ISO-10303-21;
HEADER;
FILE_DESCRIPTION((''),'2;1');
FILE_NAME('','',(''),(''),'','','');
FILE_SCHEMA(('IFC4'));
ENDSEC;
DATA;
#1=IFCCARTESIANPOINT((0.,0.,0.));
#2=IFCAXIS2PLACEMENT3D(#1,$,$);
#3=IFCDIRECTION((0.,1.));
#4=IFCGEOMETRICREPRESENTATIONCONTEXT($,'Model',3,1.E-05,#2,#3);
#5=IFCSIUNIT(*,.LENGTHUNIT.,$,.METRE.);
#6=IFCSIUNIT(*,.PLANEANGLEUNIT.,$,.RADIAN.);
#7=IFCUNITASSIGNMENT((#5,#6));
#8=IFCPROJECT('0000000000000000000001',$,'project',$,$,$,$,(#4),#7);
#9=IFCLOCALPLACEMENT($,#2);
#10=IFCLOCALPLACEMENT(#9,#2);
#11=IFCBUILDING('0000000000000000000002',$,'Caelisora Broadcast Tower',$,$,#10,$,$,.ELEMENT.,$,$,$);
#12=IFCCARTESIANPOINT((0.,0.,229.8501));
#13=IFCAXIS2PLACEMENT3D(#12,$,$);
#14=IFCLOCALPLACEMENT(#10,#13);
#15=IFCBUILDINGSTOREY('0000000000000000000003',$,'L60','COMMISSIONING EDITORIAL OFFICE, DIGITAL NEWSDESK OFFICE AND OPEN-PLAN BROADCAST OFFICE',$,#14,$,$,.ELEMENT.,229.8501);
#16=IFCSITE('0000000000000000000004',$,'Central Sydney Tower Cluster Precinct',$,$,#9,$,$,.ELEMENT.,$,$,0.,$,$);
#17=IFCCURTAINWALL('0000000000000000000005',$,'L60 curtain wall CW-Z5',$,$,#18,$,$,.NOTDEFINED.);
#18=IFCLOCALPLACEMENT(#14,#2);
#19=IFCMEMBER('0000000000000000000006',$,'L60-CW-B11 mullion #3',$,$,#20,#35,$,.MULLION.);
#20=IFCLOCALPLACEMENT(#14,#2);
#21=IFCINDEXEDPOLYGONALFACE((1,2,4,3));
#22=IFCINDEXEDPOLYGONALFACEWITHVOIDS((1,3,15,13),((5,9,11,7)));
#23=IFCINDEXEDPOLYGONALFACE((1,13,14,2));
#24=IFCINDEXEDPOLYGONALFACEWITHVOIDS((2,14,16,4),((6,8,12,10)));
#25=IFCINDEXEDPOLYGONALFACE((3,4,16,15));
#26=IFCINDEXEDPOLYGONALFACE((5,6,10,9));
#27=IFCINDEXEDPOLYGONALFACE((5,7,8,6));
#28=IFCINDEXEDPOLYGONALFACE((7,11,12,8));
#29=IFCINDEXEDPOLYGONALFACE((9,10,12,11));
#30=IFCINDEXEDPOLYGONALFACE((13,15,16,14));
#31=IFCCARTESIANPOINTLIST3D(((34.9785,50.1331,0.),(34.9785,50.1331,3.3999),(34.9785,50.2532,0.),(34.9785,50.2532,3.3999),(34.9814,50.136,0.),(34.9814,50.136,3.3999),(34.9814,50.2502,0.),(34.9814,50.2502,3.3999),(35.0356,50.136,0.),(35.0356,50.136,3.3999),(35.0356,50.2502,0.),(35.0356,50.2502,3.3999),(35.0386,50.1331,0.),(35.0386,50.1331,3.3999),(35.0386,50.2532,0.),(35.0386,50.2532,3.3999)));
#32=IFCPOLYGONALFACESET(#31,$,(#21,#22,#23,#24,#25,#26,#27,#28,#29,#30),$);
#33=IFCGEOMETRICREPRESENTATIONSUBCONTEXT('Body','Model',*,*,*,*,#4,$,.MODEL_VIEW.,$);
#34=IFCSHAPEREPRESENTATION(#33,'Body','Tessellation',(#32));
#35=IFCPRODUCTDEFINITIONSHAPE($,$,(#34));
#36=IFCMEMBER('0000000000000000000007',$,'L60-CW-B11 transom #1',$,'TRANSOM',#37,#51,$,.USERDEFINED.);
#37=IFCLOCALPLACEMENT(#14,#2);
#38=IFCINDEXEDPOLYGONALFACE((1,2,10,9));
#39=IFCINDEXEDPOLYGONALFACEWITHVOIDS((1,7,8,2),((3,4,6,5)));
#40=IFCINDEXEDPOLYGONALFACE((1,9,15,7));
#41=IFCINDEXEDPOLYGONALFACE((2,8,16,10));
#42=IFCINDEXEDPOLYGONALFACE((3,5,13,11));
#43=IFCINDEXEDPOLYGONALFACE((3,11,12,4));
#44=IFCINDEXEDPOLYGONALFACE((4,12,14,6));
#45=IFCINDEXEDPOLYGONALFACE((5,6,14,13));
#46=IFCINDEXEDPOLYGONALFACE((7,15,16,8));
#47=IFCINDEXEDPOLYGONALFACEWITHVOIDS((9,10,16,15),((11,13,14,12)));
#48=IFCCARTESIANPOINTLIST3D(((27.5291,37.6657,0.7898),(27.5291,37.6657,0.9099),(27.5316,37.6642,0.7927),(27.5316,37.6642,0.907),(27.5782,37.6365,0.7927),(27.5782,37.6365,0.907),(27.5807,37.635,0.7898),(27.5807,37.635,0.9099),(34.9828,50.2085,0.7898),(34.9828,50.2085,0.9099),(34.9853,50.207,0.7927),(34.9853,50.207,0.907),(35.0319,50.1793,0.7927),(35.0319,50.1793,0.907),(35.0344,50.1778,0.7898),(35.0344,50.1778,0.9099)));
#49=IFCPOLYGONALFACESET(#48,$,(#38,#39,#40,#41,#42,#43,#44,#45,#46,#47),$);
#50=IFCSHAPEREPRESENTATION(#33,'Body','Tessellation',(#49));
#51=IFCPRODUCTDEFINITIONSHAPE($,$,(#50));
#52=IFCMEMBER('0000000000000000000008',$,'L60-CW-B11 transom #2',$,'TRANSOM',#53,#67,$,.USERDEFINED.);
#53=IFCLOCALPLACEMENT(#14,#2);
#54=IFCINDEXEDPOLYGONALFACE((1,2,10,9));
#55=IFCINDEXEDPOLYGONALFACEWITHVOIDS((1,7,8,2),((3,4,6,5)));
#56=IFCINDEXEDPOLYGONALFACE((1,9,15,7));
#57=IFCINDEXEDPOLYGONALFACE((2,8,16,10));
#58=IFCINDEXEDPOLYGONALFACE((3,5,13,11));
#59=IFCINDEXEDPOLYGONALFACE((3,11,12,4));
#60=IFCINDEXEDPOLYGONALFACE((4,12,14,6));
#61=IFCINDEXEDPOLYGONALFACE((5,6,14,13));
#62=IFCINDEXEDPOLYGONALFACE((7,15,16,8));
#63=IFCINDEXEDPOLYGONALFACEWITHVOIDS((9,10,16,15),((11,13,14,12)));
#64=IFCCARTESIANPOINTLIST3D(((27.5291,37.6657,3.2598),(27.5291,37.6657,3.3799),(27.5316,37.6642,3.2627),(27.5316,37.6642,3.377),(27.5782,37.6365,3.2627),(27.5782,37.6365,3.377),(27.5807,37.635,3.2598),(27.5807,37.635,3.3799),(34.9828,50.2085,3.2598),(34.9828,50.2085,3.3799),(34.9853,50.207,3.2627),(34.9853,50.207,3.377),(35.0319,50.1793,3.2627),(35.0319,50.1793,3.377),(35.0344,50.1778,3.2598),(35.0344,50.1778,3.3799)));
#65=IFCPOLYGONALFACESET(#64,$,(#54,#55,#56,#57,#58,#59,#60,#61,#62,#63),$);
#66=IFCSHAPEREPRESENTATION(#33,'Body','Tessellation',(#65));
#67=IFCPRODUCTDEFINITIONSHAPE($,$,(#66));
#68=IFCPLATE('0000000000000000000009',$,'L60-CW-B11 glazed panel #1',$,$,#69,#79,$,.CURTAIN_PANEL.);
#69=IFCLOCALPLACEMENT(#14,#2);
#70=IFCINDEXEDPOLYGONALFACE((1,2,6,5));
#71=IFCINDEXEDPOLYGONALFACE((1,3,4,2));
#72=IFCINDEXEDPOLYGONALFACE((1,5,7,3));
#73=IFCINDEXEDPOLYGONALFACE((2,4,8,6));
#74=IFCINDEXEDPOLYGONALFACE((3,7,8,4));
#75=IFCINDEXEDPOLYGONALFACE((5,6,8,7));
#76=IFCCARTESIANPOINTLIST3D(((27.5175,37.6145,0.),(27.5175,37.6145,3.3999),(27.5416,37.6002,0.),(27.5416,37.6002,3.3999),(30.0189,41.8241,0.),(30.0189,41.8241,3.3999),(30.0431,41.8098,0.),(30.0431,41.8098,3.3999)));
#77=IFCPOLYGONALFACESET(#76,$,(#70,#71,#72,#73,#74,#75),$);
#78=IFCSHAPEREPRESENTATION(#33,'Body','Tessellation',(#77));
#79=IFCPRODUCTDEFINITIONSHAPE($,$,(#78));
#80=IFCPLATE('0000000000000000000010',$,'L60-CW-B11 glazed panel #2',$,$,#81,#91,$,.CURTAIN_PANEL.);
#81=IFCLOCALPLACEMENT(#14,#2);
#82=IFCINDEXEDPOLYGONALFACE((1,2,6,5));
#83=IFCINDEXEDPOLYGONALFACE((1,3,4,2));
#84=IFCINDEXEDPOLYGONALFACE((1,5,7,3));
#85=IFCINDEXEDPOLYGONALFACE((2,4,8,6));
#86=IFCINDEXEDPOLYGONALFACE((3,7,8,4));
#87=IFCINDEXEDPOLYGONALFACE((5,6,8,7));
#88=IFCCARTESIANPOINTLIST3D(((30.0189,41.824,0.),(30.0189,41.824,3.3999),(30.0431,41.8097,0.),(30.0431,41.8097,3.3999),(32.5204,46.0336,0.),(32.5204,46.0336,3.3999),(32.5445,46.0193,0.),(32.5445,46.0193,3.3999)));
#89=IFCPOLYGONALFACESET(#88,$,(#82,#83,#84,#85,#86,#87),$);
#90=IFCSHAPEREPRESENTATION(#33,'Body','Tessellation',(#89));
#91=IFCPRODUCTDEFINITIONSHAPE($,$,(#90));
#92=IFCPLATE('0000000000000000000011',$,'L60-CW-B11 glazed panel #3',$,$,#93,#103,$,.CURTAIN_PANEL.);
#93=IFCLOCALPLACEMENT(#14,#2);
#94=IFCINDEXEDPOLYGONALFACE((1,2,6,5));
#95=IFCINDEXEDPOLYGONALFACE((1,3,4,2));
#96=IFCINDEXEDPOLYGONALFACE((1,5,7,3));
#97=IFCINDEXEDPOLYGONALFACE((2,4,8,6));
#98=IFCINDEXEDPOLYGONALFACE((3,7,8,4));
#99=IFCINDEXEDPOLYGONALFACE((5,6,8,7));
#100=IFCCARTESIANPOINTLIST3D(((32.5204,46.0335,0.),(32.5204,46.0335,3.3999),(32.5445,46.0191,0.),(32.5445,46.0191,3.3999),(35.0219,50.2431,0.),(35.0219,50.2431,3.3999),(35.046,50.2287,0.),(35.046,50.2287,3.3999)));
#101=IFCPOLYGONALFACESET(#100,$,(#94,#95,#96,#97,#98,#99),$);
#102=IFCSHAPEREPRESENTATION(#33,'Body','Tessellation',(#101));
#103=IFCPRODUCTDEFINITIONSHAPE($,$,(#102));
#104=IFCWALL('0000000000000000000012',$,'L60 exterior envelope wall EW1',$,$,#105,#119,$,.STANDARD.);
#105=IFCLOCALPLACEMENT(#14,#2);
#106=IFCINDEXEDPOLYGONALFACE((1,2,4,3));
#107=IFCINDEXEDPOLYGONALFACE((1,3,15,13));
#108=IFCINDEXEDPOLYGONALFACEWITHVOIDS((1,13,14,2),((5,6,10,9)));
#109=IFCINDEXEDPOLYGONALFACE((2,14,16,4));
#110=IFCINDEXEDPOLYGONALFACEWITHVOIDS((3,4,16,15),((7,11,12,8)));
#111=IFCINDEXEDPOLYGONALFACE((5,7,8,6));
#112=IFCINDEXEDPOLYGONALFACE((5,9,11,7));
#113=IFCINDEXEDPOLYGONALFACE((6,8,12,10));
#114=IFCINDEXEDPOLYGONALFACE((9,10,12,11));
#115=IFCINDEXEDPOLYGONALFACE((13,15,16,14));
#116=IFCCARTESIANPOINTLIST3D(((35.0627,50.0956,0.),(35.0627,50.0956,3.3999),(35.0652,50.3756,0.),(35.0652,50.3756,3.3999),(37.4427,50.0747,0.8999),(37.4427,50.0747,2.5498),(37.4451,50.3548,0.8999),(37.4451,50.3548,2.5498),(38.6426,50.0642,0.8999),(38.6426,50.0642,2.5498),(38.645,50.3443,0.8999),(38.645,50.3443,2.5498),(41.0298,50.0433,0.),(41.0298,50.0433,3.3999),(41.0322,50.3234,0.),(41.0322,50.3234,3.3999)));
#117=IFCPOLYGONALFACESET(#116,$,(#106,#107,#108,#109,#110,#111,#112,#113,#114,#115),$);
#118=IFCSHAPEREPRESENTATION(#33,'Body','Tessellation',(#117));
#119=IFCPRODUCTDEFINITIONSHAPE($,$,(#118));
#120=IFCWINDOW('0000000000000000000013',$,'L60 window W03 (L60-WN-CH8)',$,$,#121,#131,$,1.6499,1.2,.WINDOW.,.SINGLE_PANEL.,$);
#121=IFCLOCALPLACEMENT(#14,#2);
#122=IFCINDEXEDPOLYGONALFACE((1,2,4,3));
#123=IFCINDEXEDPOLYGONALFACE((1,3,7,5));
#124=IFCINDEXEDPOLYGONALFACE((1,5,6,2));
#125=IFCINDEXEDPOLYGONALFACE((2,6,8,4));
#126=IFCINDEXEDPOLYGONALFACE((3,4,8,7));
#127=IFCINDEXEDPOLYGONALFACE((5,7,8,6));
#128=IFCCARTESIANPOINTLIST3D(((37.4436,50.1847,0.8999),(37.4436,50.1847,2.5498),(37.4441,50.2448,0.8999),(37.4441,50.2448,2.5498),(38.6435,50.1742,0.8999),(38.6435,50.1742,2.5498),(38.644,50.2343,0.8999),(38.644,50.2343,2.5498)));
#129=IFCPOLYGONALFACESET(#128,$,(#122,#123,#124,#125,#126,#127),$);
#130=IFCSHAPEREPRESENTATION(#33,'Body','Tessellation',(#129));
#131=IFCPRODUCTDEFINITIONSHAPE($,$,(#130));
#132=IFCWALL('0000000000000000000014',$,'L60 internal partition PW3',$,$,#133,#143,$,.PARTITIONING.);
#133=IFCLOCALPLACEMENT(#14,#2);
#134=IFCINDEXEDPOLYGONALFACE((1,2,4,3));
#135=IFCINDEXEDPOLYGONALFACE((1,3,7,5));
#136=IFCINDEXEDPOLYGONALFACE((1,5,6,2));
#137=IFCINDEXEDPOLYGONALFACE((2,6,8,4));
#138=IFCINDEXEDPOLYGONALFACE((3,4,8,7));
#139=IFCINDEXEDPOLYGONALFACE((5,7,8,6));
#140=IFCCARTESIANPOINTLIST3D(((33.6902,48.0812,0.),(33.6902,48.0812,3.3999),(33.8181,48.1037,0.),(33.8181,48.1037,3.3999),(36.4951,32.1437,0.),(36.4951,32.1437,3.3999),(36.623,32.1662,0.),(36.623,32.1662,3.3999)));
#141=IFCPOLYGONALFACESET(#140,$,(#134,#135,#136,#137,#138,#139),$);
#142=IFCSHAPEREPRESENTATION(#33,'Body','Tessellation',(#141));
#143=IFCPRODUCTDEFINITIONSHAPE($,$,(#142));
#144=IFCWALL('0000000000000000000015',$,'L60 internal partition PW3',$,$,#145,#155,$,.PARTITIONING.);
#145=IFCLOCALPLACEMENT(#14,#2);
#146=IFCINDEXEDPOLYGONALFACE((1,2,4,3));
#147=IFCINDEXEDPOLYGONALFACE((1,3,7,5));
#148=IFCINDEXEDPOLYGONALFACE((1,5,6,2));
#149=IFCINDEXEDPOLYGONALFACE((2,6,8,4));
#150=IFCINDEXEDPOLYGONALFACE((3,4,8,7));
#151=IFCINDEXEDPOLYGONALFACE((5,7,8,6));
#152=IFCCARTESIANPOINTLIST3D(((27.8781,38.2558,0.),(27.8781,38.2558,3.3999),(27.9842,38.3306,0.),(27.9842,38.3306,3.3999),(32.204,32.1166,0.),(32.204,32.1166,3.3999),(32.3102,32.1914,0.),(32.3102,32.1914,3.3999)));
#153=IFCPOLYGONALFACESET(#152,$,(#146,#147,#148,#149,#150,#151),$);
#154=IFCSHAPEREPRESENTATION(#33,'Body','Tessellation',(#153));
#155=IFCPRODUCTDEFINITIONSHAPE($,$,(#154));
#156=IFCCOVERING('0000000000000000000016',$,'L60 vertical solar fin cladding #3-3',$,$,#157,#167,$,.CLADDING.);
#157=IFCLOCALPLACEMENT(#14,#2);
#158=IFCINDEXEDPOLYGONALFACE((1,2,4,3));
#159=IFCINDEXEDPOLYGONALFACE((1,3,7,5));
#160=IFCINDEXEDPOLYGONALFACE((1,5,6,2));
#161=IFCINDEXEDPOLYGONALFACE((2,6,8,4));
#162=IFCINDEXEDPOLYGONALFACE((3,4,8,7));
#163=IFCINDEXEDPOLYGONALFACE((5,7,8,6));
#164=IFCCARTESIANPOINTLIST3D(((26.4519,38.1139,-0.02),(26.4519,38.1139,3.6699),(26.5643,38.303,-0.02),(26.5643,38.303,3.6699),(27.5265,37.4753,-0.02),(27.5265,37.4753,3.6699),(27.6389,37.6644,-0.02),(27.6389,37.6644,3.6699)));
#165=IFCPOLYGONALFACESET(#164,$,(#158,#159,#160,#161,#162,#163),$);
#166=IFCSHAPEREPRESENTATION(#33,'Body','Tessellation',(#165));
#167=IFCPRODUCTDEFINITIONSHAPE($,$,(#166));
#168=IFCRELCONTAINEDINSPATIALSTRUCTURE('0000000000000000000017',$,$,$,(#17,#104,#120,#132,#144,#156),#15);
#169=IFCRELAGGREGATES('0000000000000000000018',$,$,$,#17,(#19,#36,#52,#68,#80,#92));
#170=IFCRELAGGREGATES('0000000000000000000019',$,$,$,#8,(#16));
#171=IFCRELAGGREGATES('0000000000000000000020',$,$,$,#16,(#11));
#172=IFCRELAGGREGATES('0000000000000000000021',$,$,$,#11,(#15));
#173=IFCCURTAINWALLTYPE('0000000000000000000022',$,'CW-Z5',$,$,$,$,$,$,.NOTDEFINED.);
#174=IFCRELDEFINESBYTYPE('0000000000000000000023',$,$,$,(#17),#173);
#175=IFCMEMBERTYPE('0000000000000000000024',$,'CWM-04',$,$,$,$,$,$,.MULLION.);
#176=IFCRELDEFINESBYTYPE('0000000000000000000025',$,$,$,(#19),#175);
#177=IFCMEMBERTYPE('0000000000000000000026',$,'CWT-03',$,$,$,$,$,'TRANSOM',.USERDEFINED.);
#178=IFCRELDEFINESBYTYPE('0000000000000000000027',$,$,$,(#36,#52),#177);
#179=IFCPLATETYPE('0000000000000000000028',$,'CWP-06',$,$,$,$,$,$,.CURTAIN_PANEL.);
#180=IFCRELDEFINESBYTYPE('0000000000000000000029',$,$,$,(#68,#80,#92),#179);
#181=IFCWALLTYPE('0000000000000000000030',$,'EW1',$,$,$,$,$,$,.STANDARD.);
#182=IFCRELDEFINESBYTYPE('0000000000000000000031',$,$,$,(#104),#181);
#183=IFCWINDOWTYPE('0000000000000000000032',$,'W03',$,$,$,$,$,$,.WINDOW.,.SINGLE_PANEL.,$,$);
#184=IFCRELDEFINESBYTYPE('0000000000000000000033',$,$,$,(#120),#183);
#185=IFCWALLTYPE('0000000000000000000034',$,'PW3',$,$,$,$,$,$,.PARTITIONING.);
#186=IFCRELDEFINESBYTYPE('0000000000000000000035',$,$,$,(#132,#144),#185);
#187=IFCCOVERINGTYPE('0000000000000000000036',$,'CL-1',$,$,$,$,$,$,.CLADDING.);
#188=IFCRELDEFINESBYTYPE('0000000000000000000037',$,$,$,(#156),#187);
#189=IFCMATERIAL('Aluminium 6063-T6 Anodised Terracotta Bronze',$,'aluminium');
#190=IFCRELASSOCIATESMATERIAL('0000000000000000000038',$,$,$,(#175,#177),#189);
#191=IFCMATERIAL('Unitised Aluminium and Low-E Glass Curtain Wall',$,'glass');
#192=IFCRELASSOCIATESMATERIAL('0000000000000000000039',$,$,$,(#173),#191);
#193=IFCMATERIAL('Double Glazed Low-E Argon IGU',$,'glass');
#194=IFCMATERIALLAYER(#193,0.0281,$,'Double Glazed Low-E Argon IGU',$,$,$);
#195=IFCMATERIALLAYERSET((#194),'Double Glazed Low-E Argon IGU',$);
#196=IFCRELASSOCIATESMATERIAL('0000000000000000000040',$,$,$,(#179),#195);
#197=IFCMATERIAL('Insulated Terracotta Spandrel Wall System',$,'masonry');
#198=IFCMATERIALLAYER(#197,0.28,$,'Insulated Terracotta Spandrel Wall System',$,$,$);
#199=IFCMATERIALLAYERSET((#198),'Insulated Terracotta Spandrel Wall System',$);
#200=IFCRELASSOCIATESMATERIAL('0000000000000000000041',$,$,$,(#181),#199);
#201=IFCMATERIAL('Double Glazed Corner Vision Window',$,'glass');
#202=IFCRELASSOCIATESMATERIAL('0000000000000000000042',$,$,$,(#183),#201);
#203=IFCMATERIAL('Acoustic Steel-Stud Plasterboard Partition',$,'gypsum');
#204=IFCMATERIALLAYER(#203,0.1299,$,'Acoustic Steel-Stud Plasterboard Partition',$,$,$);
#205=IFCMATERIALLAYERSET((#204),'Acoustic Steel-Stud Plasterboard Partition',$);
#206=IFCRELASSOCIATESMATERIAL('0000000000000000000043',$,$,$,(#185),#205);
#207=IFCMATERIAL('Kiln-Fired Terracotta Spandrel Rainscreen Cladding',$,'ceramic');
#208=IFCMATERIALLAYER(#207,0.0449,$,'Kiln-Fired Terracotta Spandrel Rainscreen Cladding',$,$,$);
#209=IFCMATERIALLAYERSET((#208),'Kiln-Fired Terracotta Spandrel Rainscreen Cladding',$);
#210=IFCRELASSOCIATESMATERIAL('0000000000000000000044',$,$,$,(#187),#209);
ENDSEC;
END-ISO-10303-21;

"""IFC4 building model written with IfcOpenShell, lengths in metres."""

from ifc_helpers import new_model, si_unit, direction, frame, frame_2d, origin, origin_2d, place, context, subcontext, project, spatial, rectangle, hollow_rectangle, extrude, source, transform, mapped, material, layer, layer_set, material_profile, profile_set, type_object, type_shapes, element, fill, aggregate, save


model = new_model("IFC4")

# Units and contexts
model_context = context("Model", 3, precision=1e-05, world=origin(), true_north=direction((0.0, 1.0)))
body_context = subcontext(model_context, "Body", "Model", "MODEL_VIEW")
ifc_project = project(units=[si_unit("LENGTHUNIT", "METRE"), si_unit("PLANEANGLEUNIT", "RADIAN")], contexts=[model_context])

# Site, building, storey
site_placement = place(None, origin())
site = spatial("IfcSite", under=ifc_project, at=site_placement, Name="Central Sydney Tower Cluster Precinct", CompositionType="ELEMENT", RefElevation=0.0)
building_placement = place(site_placement, origin())
building = spatial("IfcBuilding", under=site, at=building_placement, Name="Caelisora Broadcast Tower", CompositionType="ELEMENT")
storey_placement = place(building_placement, frame((0.0, 0.0, 229.8501)))
storey = spatial("IfcBuildingStorey", under=building, at=storey_placement, Name="L60", Description="COMMISSIONING EDITORIAL OFFICE, DIGITAL NEWSDESK OFFICE AND OPEN-PLAN BROADCAST OFFICE", CompositionType="ELEMENT", Elevation=229.8501)

# Shared definitions
ifc_material_1 = material(Name="Aluminium 6063-T6 Anodised Terracotta Bronze", Category="aluminium")
ifc_material_profile_1 = material_profile(ifc_material_1, hollow_rectangle(XDim=0.0601, YDim=0.1201, WallThickness=0.0029, at=origin_2d()), Name="Aluminium 6063-T6 Anodised Terracotta Bronze")
ifc_profile_set_1 = profile_set([ifc_material_profile_1], Name="Aluminium 6063-T6 Anodised Terracotta Bronze")
member_type_1 = type_object("IfcMemberType", Name="CWM-04", PredefinedType="MULLION", material=ifc_profile_set_1)
shared_shape_1 = source(origin(), body_context, "Body", "SweptSolid", [
    extrude(hollow_rectangle(XDim=0.0601, YDim=0.1201, WallThickness=0.0029, at=origin_2d()), origin(), (0.0, 0.0, 1.0), 3.3999),
])
type_shapes(member_type_1, [shared_shape_1])

# Curtain wall, members, plates
ifc_material_2 = material(Name="Unitised Aluminium and Low-E Glass Curtain Wall", Category="glass")
curtain_wall_type_1 = type_object("IfcCurtainWallType", Name="CW-Z5", PredefinedType="NOTDEFINED", material=ifc_material_2)
curtain_wall_1_placement = place(storey_placement, origin())
curtain_wall_1 = element("IfcCurtainWall", 1, at=curtain_wall_1_placement, inside=storey, type_object=curtain_wall_type_1, Name="L60 curtain wall CW-Z5", PredefinedType="NOTDEFINED")
member_1_placement = place(storey_placement, frame((35.0085, 50.1931, 0.0), z_axis=(0.0, 0.0, 1.0), x_axis=(1.0, 0.0, 0.0)))
member_1 = element("IfcMember", 2, at=member_1_placement, type_object=member_type_1, Name="L60-CW-B11 mullion #3", PredefinedType="MULLION", context=body_context, shape_type="MappedRepresentation", body=[
    mapped(shared_shape_1, transform((0.0, 0.0, 0.0), scale=1.0)),
])
ifc_material_profile_2 = material_profile(ifc_material_1, hollow_rectangle(XDim=0.0601, YDim=0.1201, WallThickness=0.0029, at=origin_2d()), Name="Aluminium 6063-T6 Anodised Terracotta Bronze")
ifc_profile_set_2 = profile_set([ifc_material_profile_2], Name="Aluminium 6063-T6 Anodised Terracotta Bronze")
member_type_2 = type_object("IfcMemberType", Name="CWT-03", ElementType="TRANSOM", PredefinedType="USERDEFINED", material=ifc_profile_set_2)
shared_shape_2 = source(origin(), body_context, "Body", "SweptSolid", [
    extrude(hollow_rectangle(XDim=0.0601, YDim=0.1201, WallThickness=0.0029, at=origin_2d()), origin(), (0.0, 0.0, 1.0), 14.5903),
])
type_shapes(member_type_2, [shared_shape_2])
member_2_placement = place(storey_placement, frame((27.5549, 37.6504, 0.8499), z_axis=(0.510862, 0.859663, 0.0), x_axis=(-0.859663, 0.510862, 0.0)))
member_2 = element("IfcMember", 3, at=member_2_placement, type_object=member_type_2, Name="L60-CW-B11 transom #1", ObjectType="TRANSOM", PredefinedType="USERDEFINED", context=body_context, shape_type="MappedRepresentation", body=[
    mapped(shared_shape_2, transform((0.0, 0.0, 0.0), scale=1.0)),
])
member_3_placement = place(storey_placement, frame((27.5549, 37.6504, 3.3198), z_axis=(0.510862, 0.859663, 0.0), x_axis=(-0.859663, 0.510862, 0.0)))
member_3 = element("IfcMember", 4, at=member_3_placement, type_object=member_type_2, Name="L60-CW-B11 transom #2", ObjectType="TRANSOM", PredefinedType="USERDEFINED", context=body_context, shape_type="MappedRepresentation", body=[
    mapped(shared_shape_2, transform((0.0, 0.0, 0.0), scale=1.0)),
])
ifc_material_3 = material(Name="Double Glazed Low-E Argon IGU", Category="glass")
ifc_layer_1 = layer(ifc_material_3, 0.0281, Name="Double Glazed Low-E Argon IGU")
ifc_layer_set_1 = layer_set([ifc_layer_1], Name="Double Glazed Low-E Argon IGU")
plate_type = type_object("IfcPlateType", Name="CWP-06", PredefinedType="CURTAIN_PANEL", material=ifc_layer_set_1)
shared_shape_3 = source(origin(), body_context, "Body", "SweptSolid", [
    extrude(rectangle(XDim=4.8967, YDim=0.0281, at=origin_2d()), origin(), (0.0, 0.0, 1.0), 3.3999),
])
type_shapes(plate_type, [shared_shape_3])
plate_1_placement = place(storey_placement, frame((28.7803, 39.7122, 0.0), z_axis=(0.0, 0.0, 1.0), x_axis=(0.510843, 0.859674, 0.0)))
plate_1 = element("IfcPlate", 5, at=plate_1_placement, type_object=plate_type, Name="L60-CW-B11 glazed panel #1", PredefinedType="CURTAIN_PANEL", context=body_context, shape_type="MappedRepresentation", body=[
    mapped(shared_shape_3, transform((0.0, 0.0, 0.0), scale=1.0)),
])
plate_2_placement = place(storey_placement, frame((31.2817, 43.9216, 0.0), z_axis=(0.0, 0.0, 1.0), x_axis=(0.510843, 0.859674, 0.0)))
plate_2 = element("IfcPlate", 6, at=plate_2_placement, type_object=plate_type, Name="L60-CW-B11 glazed panel #2", PredefinedType="CURTAIN_PANEL", context=body_context, shape_type="MappedRepresentation", body=[
    mapped(shared_shape_3, transform((0.0, 0.0, 0.0), scale=1.0)),
])
plate_3_placement = place(storey_placement, frame((33.7832, 48.1311, 0.0), z_axis=(0.0, 0.0, 1.0), x_axis=(0.510843, 0.859674, 0.0)))
plate_3 = element("IfcPlate", 7, at=plate_3_placement, type_object=plate_type, Name="L60-CW-B11 glazed panel #3", PredefinedType="CURTAIN_PANEL", context=body_context, shape_type="MappedRepresentation", body=[
    mapped(shared_shape_3, transform((0.0, 0.0, 0.0), scale=1.0)),
])
aggregate(curtain_wall_1, [member_1, member_2, member_3, plate_1, plate_2, plate_3])

# Wall, opening, window
ifc_material_4 = material(Name="Insulated Terracotta Spandrel Wall System", Category="masonry")
ifc_layer_2 = layer(ifc_material_4, 0.28, Name="Insulated Terracotta Spandrel Wall System")
ifc_layer_set_2 = layer_set([ifc_layer_2], Name="Insulated Terracotta Spandrel Wall System")
wall_type_1 = type_object("IfcWallType", Name="EW1", PredefinedType="STANDARD", material=ifc_layer_set_2)
wall_1_placement = place(storey_placement, frame((35.064, 50.2356, 0.0), z_axis=(0.0, 0.0, 1.0), x_axis=(0.999962, -0.008755, 0.0)))
wall_1 = element("IfcWall", 8, at=wall_1_placement, inside=storey, type_object=wall_type_1, Name="L60 exterior envelope wall EW1", PredefinedType="STANDARD", context=body_context, shape_type="SweptSolid", body=[
    extrude(rectangle(XDim=5.9673, YDim=0.28, at=frame_2d((2.9836, 0.0))), origin(), (0.0, 0.0, 1.0), 3.3999),
])
opening_placement = place(wall_1_placement, frame((2.3799, 0.0, 0.8999)))
opening = element("IfcOpeningElement", 9, at=opening_placement, cuts=wall_1, PredefinedType="OPENING", context=body_context, shape_type="SweptSolid", body=[
    extrude(rectangle(XDim=1.2, YDim=1.6499, at=frame_2d((0.6001, 0.825))), frame((0.0, 0.1521, 0.0), z_axis=(0.0, -1.0, 0.0), x_axis=(1.0, 0.0, 0.0)), (0.0, 0.0, 1.0), 0.304),
])
ifc_material_5 = material(Name="Double Glazed Corner Vision Window", Category="glass")
window_type = type_object("IfcWindowType", Name="W03", PartitioningType="SINGLE_PANEL", PredefinedType="WINDOW", material=ifc_material_5)
window_placement = place(opening_placement, origin())
window = element("IfcWindow", 10, at=window_placement, inside=storey, type_object=window_type, Name="L60 window W03 (L60-WN-CH8)", OverallHeight=1.6499, OverallWidth=1.2, PartitioningType="SINGLE_PANEL", PredefinedType="WINDOW", context=body_context, shape_type="SweptSolid", body=[
    extrude(rectangle(XDim=1.2, YDim=1.6499, at=frame_2d((0.6001, 0.825))), frame((0.0, 0.03, 0.0), z_axis=(0.0, -1.0, 0.0), x_axis=(1.0, 0.0, 0.0)), (0.0, 0.0, 1.0), 0.0601),
])
fill(opening, window)

# Walls
ifc_material_6 = material(Name="Acoustic Steel-Stud Plasterboard Partition", Category="gypsum")
ifc_layer_3 = layer(ifc_material_6, 0.1299, Name="Acoustic Steel-Stud Plasterboard Partition")
ifc_layer_set_3 = layer_set([ifc_layer_3], Name="Acoustic Steel-Stud Plasterboard Partition")
wall_type_2 = type_object("IfcWallType", Name="PW3", PredefinedType="PARTITIONING", material=ifc_layer_set_3)
wall_2_placement = place(storey_placement, frame((33.7542, 48.0925, 0.0), z_axis=(0.0, 0.0, 1.0), x_axis=(0.173332, -0.984863, 0.0)))
element("IfcWall", 11, at=wall_2_placement, inside=storey, type_object=wall_type_2, Name="L60 internal partition PW3", PredefinedType="PARTITIONING", context=body_context, shape_type="SweptSolid", body=[
    extrude(rectangle(XDim=16.1824, YDim=0.1299, at=frame_2d((8.0913, 0.0))), origin(), (0.0, 0.0, 1.0), 3.3999),
])
wall_3_placement = place(storey_placement, frame((27.9312, 38.2932, 0.0), z_axis=(0.0, 0.0, 1.0), x_axis=(0.576008, -0.817444, 0.0)))
element("IfcWall", 12, at=wall_3_placement, inside=storey, type_object=wall_type_2, Name="L60 internal partition PW3", PredefinedType="PARTITIONING", context=body_context, shape_type="SweptSolid", body=[
    extrude(rectangle(XDim=7.5103, YDim=0.1299, at=frame_2d((3.7551, 0.0))), origin(), (0.0, 0.0, 1.0), 3.3999),
])

# Covering
ifc_material_7 = material(Name="Kiln-Fired Terracotta Spandrel Rainscreen Cladding", Category="ceramic")
ifc_layer_4 = layer(ifc_material_7, 0.0449, Name="Kiln-Fired Terracotta Spandrel Rainscreen Cladding")
ifc_layer_set_4 = layer_set([ifc_layer_4], Name="Kiln-Fired Terracotta Spandrel Rainscreen Cladding")
covering_type = type_object("IfcCoveringType", Name="CL-1", PredefinedType="CLADDING", material=ifc_layer_set_4)
shared_shape_4 = source(origin(), body_context, "Body", "SweptSolid", [
    extrude(rectangle(XDim=0.22, YDim=1.25, at=origin_2d()), origin(), (0.0, 0.0, 1.0), 3.6899),
])
type_shapes(covering_type, [shared_shape_4])
for number, where, z_axis, x_axis, name in (
    (13, (27.0454, 37.8892, -0.02), (0.0, 0.0, 1.0), (0.510843, 0.859674, 0.0), "L60 vertical solar fin cladding #3-3"),
):
    element("IfcCovering", number, at=place(storey_placement, frame(where, z_axis=z_axis, x_axis=x_axis)), inside=storey, type_object=covering_type, Name=name, PredefinedType="CLADDING", context=body_context, shape_type="MappedRepresentation", body=[
        mapped(shared_shape_4, transform((0.0, 0.0, 0.0), scale=1.0)),
    ])

save(model, "model.ifc")
